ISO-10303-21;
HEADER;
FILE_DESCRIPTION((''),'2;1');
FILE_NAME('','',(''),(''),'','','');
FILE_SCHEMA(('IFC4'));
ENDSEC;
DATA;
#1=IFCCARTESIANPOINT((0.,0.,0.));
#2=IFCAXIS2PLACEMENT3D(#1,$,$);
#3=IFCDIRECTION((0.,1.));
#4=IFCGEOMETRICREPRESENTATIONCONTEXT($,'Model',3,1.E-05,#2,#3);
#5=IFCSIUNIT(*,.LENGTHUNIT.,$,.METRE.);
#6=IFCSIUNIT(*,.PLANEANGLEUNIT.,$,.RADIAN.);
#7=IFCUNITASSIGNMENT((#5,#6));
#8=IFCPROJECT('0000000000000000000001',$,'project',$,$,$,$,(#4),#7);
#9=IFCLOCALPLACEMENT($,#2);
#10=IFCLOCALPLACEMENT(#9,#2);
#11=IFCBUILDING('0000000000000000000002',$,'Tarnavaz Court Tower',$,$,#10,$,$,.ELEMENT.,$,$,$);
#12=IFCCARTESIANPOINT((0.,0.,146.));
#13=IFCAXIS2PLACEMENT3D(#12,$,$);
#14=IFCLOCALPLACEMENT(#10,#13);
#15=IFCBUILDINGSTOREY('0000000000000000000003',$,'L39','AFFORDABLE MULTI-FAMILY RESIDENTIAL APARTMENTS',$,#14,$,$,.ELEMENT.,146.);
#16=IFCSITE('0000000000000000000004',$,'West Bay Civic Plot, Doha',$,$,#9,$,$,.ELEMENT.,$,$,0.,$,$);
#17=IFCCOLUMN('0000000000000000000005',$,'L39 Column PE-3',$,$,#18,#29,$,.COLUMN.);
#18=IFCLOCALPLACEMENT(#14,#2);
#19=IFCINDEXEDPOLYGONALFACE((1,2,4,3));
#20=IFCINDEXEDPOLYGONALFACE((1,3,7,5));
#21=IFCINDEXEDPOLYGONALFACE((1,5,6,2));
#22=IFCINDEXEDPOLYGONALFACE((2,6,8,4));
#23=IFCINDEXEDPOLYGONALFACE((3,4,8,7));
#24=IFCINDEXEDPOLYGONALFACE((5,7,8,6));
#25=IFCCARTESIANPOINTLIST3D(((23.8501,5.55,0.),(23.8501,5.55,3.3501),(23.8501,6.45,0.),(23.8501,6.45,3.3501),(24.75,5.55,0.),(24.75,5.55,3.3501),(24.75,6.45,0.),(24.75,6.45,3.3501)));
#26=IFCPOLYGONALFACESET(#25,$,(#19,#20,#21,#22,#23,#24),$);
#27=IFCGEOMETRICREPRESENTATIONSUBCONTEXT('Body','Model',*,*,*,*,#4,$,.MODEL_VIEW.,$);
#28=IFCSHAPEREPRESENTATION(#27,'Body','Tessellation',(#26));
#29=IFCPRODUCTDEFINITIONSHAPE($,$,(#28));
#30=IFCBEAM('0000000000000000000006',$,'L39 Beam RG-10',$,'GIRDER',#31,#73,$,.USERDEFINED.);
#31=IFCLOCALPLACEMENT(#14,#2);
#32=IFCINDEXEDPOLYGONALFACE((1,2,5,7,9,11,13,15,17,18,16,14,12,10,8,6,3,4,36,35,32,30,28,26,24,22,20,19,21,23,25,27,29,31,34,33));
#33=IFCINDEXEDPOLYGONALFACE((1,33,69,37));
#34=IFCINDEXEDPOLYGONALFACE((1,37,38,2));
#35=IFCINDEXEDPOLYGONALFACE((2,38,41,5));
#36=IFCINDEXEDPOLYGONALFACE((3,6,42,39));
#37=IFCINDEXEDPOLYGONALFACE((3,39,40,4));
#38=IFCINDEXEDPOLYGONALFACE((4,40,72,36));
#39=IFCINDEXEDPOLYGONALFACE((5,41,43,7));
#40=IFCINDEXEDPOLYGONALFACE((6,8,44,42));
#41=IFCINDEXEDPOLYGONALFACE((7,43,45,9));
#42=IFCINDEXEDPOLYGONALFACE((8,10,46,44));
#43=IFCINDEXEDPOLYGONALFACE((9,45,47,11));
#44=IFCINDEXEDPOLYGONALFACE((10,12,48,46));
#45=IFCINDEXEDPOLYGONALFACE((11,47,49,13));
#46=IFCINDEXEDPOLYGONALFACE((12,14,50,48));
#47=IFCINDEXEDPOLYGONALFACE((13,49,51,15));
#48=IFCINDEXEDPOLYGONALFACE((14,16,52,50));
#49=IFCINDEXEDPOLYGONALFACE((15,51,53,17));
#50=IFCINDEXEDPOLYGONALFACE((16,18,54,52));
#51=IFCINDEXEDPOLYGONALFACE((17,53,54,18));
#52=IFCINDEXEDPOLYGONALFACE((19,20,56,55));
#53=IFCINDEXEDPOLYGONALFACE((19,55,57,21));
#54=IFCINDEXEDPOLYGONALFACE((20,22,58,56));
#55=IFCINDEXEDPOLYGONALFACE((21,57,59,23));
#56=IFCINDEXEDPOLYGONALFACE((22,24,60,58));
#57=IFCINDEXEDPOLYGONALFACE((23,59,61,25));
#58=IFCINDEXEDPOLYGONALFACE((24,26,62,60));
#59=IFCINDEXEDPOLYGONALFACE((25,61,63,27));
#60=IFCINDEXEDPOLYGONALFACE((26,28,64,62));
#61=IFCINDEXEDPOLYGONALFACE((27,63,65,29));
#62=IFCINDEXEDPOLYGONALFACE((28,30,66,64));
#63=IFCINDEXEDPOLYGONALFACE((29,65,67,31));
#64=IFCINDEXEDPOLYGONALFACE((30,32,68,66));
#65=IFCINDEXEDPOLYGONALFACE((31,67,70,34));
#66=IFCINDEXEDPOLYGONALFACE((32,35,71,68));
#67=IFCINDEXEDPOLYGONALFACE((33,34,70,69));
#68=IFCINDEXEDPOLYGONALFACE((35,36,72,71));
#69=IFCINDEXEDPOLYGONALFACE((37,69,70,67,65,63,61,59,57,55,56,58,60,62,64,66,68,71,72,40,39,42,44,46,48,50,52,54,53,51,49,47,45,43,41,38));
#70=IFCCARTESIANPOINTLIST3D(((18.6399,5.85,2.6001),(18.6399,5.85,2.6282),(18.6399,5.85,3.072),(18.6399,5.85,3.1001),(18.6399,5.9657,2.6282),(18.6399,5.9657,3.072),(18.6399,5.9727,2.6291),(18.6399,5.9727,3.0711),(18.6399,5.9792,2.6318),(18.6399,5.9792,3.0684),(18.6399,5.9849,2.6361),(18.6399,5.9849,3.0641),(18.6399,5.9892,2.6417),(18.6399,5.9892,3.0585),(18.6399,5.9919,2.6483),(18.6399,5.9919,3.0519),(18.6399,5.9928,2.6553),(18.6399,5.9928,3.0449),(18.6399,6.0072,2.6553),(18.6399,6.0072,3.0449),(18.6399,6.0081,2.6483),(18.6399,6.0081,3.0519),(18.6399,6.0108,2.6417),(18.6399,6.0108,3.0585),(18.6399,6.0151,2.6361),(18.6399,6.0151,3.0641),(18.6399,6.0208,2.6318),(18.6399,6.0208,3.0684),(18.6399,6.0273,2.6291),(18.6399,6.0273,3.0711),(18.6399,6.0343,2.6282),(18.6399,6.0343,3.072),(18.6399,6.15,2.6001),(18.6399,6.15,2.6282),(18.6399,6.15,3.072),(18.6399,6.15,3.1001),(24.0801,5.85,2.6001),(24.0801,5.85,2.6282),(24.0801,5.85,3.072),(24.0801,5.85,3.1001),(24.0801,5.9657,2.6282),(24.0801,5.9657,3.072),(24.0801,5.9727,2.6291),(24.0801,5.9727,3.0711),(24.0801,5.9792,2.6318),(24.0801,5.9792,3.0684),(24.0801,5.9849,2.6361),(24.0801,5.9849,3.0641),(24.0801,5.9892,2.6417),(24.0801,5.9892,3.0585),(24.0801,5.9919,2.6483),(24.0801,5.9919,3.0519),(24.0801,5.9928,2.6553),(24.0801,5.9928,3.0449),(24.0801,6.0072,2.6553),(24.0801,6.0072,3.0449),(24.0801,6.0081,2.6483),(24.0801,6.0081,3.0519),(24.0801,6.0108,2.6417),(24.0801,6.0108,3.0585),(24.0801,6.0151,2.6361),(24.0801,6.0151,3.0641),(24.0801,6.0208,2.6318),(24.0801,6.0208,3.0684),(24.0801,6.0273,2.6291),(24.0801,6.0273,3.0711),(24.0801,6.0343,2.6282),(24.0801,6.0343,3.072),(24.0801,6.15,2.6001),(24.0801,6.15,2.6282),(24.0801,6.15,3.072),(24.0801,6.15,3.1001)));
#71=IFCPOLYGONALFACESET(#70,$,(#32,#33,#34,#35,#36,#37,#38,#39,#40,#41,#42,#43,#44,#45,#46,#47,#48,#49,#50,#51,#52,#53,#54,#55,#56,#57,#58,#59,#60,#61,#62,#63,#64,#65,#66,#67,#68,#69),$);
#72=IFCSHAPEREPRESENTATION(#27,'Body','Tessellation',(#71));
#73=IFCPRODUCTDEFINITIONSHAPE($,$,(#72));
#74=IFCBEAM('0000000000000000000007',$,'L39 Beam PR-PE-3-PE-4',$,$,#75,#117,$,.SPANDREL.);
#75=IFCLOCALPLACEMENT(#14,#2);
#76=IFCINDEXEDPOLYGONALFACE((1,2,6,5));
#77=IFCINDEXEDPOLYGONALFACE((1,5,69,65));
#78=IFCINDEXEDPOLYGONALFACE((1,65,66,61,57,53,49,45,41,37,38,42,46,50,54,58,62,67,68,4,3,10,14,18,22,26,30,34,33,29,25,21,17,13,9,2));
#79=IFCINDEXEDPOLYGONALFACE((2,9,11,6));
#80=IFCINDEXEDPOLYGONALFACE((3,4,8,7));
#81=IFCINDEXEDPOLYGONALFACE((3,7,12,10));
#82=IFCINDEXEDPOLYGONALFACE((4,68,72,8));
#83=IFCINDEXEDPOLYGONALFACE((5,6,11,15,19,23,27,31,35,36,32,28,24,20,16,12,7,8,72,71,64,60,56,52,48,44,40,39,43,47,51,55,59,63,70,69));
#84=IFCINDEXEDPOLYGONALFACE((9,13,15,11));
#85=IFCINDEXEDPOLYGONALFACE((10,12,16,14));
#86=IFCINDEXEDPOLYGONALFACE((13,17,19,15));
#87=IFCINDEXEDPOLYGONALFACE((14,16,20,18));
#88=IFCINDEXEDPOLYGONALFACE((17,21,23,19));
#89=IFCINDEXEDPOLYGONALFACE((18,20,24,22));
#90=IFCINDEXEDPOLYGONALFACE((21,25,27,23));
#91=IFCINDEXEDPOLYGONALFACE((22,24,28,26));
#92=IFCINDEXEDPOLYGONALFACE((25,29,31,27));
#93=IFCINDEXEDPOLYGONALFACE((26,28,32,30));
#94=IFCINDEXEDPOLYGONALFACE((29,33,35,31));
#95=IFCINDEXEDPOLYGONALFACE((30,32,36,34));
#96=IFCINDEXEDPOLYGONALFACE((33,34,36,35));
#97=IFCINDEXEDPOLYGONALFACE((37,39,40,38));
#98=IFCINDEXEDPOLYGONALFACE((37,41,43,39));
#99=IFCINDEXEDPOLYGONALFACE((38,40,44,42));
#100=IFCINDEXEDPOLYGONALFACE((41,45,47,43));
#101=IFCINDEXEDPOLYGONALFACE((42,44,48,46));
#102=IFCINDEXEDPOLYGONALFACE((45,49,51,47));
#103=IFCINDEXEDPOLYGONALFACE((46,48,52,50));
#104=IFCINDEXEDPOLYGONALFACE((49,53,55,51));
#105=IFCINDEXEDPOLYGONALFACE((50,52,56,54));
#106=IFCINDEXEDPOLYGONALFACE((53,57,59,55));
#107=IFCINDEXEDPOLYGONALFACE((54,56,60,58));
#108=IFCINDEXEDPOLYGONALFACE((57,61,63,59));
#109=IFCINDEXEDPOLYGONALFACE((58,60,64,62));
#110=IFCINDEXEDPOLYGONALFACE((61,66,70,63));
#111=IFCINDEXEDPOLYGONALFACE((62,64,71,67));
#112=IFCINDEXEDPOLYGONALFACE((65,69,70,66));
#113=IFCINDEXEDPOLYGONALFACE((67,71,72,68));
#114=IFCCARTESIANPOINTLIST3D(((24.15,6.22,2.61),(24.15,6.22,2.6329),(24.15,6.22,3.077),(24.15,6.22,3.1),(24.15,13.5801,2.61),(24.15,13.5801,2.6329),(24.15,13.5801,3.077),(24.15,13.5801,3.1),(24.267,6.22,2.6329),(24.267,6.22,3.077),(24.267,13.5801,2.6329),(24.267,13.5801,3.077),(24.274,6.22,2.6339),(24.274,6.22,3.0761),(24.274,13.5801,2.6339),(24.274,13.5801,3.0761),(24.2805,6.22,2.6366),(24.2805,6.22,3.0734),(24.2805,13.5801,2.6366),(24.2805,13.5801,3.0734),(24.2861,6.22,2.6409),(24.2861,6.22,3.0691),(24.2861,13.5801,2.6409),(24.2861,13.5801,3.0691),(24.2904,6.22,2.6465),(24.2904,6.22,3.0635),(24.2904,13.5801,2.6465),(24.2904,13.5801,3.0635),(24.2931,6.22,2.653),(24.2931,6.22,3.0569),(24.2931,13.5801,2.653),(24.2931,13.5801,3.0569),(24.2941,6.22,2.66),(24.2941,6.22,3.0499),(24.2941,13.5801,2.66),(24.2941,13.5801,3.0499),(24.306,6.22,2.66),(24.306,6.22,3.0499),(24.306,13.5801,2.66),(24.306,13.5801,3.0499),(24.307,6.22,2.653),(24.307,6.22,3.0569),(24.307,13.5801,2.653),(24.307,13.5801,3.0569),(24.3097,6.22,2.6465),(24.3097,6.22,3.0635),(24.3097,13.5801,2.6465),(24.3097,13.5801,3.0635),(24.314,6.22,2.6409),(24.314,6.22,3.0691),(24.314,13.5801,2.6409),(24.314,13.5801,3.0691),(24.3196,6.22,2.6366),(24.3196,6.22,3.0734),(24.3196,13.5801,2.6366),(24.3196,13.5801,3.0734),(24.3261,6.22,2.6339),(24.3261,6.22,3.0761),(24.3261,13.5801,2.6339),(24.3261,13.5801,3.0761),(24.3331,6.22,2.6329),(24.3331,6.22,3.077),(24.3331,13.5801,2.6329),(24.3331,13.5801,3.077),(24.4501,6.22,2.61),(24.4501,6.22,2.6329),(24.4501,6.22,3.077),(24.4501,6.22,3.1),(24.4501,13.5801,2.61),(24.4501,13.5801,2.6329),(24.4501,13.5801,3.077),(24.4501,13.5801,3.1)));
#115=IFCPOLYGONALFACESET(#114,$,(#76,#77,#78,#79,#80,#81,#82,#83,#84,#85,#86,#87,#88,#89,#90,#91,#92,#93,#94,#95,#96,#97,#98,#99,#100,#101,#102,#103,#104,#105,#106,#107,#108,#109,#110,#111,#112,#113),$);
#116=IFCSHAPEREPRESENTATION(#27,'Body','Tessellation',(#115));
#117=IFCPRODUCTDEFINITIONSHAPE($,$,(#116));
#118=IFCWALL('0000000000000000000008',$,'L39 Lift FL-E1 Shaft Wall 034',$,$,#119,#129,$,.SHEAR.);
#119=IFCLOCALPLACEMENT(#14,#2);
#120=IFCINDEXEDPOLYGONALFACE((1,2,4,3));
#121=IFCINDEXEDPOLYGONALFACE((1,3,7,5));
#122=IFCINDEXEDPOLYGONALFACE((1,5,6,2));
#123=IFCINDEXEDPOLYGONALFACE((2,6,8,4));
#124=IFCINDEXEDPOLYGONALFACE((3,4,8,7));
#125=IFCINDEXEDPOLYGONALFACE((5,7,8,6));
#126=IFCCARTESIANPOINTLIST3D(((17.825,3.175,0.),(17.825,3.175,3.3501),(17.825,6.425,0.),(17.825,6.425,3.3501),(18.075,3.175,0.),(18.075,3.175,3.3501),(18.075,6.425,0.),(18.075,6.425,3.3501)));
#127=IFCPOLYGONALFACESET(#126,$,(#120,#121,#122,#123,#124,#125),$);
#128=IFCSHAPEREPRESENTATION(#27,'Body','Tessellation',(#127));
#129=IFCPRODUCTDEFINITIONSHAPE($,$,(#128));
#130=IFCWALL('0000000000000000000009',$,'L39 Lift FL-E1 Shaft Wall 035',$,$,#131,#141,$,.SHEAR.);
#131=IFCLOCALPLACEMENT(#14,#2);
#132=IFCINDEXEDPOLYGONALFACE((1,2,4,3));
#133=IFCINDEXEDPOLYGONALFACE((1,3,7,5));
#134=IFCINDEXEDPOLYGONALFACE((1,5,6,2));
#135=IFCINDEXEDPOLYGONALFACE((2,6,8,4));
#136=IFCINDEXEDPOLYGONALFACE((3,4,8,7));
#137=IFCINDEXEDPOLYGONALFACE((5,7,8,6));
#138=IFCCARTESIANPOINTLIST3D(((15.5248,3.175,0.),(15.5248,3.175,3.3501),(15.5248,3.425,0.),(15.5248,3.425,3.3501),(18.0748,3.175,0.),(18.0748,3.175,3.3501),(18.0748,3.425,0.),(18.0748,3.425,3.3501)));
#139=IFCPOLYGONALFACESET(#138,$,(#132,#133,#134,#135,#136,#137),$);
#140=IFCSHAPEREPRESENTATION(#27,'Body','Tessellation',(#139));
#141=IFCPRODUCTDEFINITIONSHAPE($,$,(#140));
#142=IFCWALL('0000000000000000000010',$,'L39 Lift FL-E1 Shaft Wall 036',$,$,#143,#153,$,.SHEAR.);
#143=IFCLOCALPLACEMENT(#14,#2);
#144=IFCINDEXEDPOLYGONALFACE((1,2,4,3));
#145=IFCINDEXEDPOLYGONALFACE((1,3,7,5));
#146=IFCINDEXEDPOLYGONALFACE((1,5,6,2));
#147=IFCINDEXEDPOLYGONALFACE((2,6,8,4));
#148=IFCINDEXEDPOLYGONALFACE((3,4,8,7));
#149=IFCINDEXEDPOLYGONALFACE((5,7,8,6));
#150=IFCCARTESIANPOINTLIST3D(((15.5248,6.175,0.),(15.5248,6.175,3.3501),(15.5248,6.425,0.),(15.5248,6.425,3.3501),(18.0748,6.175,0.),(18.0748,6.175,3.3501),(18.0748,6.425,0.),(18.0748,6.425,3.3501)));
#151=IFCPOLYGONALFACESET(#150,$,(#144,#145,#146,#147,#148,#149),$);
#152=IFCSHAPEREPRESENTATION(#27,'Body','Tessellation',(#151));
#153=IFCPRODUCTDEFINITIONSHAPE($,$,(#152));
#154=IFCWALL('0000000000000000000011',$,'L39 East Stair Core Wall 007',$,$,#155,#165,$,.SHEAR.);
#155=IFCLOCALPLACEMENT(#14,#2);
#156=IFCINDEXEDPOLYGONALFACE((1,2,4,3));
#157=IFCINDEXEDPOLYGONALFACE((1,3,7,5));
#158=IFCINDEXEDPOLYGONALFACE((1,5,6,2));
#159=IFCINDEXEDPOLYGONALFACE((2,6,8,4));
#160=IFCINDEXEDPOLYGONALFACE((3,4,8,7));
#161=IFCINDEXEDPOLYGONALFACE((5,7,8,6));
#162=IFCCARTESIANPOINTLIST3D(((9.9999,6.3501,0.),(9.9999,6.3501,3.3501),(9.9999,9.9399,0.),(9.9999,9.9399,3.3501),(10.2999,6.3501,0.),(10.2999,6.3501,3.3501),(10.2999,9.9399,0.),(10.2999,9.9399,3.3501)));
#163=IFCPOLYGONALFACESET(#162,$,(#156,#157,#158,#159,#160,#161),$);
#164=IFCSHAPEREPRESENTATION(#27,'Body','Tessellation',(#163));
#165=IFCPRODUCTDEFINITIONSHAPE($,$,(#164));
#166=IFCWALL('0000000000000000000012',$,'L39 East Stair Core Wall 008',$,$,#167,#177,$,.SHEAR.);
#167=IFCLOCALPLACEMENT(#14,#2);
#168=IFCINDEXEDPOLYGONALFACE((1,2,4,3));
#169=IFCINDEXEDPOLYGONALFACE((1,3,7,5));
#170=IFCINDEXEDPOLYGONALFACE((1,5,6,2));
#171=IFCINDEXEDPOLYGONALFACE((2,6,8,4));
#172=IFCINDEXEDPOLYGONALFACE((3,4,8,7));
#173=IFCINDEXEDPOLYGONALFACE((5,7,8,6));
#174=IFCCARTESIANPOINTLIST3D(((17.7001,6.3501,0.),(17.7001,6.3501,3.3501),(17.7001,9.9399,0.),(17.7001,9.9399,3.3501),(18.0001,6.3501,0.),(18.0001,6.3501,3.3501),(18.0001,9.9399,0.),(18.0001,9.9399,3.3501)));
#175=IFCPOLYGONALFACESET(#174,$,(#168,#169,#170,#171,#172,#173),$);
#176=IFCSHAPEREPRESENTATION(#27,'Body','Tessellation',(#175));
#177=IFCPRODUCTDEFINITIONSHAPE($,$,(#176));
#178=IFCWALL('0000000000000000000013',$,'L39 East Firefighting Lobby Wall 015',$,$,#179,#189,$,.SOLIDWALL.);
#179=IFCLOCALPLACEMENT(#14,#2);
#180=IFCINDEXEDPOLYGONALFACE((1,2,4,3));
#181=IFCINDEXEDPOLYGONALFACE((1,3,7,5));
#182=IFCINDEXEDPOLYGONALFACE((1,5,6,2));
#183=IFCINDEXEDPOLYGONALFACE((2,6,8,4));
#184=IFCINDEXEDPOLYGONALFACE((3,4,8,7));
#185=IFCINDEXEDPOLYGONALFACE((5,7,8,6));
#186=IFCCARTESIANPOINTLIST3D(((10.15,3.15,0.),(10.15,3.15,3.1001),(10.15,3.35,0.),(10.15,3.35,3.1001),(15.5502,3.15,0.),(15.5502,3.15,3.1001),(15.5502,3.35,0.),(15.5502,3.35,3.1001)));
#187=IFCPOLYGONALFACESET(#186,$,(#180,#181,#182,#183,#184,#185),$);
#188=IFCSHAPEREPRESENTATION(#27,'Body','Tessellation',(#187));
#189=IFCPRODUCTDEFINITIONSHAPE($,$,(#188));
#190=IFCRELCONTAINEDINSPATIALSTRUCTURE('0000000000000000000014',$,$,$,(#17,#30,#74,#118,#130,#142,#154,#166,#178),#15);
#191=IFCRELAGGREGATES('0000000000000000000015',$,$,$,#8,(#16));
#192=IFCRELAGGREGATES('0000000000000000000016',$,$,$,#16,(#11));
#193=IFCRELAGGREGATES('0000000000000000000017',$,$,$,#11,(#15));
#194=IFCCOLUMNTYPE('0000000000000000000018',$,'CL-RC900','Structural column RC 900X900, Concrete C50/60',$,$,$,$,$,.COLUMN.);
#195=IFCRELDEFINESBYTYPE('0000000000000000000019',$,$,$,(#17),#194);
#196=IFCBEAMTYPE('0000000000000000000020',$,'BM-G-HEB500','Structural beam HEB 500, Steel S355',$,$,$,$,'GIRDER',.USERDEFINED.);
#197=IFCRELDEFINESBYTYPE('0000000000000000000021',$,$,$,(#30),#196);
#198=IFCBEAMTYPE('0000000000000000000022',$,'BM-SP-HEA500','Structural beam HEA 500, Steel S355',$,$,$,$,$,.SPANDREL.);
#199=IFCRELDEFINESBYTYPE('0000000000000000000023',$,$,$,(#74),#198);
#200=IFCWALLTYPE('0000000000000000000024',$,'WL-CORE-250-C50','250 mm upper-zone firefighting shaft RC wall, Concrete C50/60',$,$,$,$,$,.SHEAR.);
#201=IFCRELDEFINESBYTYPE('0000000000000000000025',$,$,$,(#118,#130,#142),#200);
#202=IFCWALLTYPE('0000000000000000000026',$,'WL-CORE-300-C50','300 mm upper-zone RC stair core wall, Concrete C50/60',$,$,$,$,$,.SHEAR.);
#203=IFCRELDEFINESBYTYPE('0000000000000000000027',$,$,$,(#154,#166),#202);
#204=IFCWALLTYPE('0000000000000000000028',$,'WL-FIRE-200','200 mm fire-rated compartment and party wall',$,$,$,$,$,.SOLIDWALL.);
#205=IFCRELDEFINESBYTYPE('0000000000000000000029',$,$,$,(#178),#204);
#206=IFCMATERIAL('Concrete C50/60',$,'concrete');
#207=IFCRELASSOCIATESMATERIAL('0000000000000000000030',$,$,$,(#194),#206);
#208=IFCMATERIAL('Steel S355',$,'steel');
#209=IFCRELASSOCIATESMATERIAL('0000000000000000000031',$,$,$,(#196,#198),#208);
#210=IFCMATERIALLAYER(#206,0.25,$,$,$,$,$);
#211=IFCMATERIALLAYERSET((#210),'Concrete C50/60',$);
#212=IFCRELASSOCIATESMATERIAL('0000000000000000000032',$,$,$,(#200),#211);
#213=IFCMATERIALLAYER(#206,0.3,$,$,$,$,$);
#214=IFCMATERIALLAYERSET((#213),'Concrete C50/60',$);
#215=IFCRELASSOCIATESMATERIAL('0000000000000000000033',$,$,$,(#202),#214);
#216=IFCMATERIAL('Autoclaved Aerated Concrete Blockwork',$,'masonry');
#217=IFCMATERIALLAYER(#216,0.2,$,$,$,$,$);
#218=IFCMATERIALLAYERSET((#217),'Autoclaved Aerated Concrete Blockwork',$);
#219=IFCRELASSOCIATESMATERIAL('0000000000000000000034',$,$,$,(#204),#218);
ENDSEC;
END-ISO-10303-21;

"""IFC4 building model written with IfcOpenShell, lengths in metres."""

from ifc_helpers import new_model, si_unit, direction, frame, frame_2d, origin, origin_2d, place, context, subcontext, project, spatial, rectangle, i_section, extrude, material, layer, layer_set, material_profile, profile_set, type_object, element, save


model = new_model("IFC4")

# Units and contexts
model_context = context("Model", 3, precision=1e-05, world=origin(), true_north=direction((0.0, 1.0)))
body_context = subcontext(model_context, "Body", "Model", "MODEL_VIEW")
ifc_project = project(units=[si_unit("LENGTHUNIT", "METRE"), si_unit("PLANEANGLEUNIT", "RADIAN")], contexts=[model_context])

# Site, building, storey
site_placement = place(None, origin())
site = spatial("IfcSite", under=ifc_project, at=site_placement, Name="West Bay Civic Plot, Doha", CompositionType="ELEMENT", RefElevation=0.0)
building_placement = place(site_placement, origin())
building = spatial("IfcBuilding", under=site, at=building_placement, Name="Tarnavaz Court Tower", CompositionType="ELEMENT")
storey_placement = place(building_placement, frame((0.0, 0.0, 146.0)))
storey = spatial("IfcBuildingStorey", under=building, at=storey_placement, Name="L39", Description="AFFORDABLE MULTI-FAMILY RESIDENTIAL APARTMENTS", CompositionType="ELEMENT", Elevation=146.0)

# Column
ifc_material_1 = material(Name="Concrete C50/60", Category="concrete")
ifc_material_profile_1 = material_profile(ifc_material_1, rectangle(XDim=0.8999, YDim=0.8999, at=origin_2d()), Name="RC 900X900")
ifc_profile_set_1 = profile_set([ifc_material_profile_1], Name="Concrete C50/60")
column_type = type_object("IfcColumnType", Name="CL-RC900", Description="Structural column RC 900X900, Concrete C50/60", PredefinedType="COLUMN", material=ifc_profile_set_1)
column_placement = place(storey_placement, frame((24.3, 6.0, 0.0), z_axis=(0.0, 0.0, 1.0), x_axis=(1.0, 0.0, 0.0)))
element("IfcColumn", 1, at=column_placement, inside=storey, type_object=column_type, Name="L39 Column PE-3", PredefinedType="COLUMN", context=body_context, shape_type="SweptSolid", body=[
    extrude(rectangle(XDim=0.8999, YDim=0.8999, at=origin_2d()), origin(), (0.0, 0.0, 1.0), 3.3501),
])

# Beams
ifc_material_2 = material(Name="Steel S355", Category="steel")
ifc_material_profile_2 = material_profile(ifc_material_2, i_section(OverallWidth=0.3, OverallDepth=0.5, WebThickness=0.0144, FlangeThickness=0.0281, FilletRadius=0.0271, at=origin_2d()), Name="HEB 500")
ifc_profile_set_2 = profile_set([ifc_material_profile_2], Name="Steel S355")
beam_type_1 = type_object("IfcBeamType", Name="BM-G-HEB500", Description="Structural beam HEB 500, Steel S355", ElementType="GIRDER", PredefinedType="USERDEFINED", material=ifc_profile_set_2)
beam_1_placement = place(storey_placement, frame((18.6399, 6.0, 2.8501), z_axis=(1.0, 0.0, 0.0), x_axis=(0.0, 1.0, 0.0)))
element("IfcBeam", 2, at=beam_1_placement, inside=storey, type_object=beam_type_1, Name="L39 Beam RG-10", ObjectType="GIRDER", PredefinedType="USERDEFINED", context=body_context, shape_type="SweptSolid", body=[
    extrude(i_section(OverallWidth=0.3, OverallDepth=0.5, WebThickness=0.0144, FlangeThickness=0.0281, FilletRadius=0.0271, at=origin_2d()), origin(), (0.0, 0.0, 1.0), 5.4402),
])
ifc_material_profile_3 = material_profile(ifc_material_2, i_section(OverallWidth=0.3, OverallDepth=0.49, WebThickness=0.012, FlangeThickness=0.0229, FilletRadius=0.0271, at=origin_2d()), Name="HEA 500")
ifc_profile_set_3 = profile_set([ifc_material_profile_3], Name="Steel S355")
beam_type_2 = type_object("IfcBeamType", Name="BM-SP-HEA500", Description="Structural beam HEA 500, Steel S355", PredefinedType="SPANDREL", material=ifc_profile_set_3)
beam_2_placement = place(storey_placement, frame((24.3, 6.22, 2.855), z_axis=(0.0, 1.0, 0.0), x_axis=(-1.0, 0.0, 0.0)))
element("IfcBeam", 3, at=beam_2_placement, inside=storey, type_object=beam_type_2, Name="L39 Beam PR-PE-3-PE-4", PredefinedType="SPANDREL", context=body_context, shape_type="SweptSolid", body=[
    extrude(i_section(OverallWidth=0.3, OverallDepth=0.49, WebThickness=0.012, FlangeThickness=0.0229, FilletRadius=0.0271, at=origin_2d()), origin(), (0.0, 0.0, 1.0), 7.3601),
])

# Shared definitions
ifc_layer_1 = layer(ifc_material_1, 0.25)
ifc_layer_set_1 = layer_set([ifc_layer_1], Name="Concrete C50/60")
wall_type_1 = type_object("IfcWallType", Name="WL-CORE-250-C50", Description="250 mm upper-zone firefighting shaft RC wall, Concrete C50/60", PredefinedType="SHEAR", material=ifc_layer_set_1)

# Walls
wall_1_placement = place(storey_placement, frame((17.95, 3.175, 0.0), z_axis=(0.0, 0.0, 1.0), x_axis=(0.0, 1.0, 0.0)))
element("IfcWall", 4, at=wall_1_placement, inside=storey, type_object=wall_type_1, Name="L39 Lift FL-E1 Shaft Wall 034", PredefinedType="SHEAR", context=body_context, shape_type="SweptSolid", body=[
    extrude(rectangle(XDim=3.25, YDim=0.25, at=frame_2d((1.625, 0.0))), origin(), (0.0, 0.0, 1.0), 3.3501),
])
for number, where, z_axis, x_axis, name in (
    (5, (15.5249, 3.3, 0.0), (0.0, 0.0, 1.0), (1.0, 0.0, 0.0), "L39 Lift FL-E1 Shaft Wall 035"),
    (6, (15.5249, 6.3, 0.0), (0.0, 0.0, 1.0), (1.0, 0.0, 0.0), "L39 Lift FL-E1 Shaft Wall 036"),
):
    element("IfcWall", number, at=place(storey_placement, frame(where, z_axis=z_axis, x_axis=x_axis)), inside=storey, type_object=wall_type_1, Name=name, PredefinedType="SHEAR", context=body_context, shape_type="SweptSolid", body=[
        extrude(rectangle(XDim=2.55, YDim=0.25, at=frame_2d((1.2749, 0.0))), origin(), (0.0, 0.0, 1.0), 3.3501),
    ])
ifc_layer_2 = layer(ifc_material_1, 0.3)
ifc_layer_set_2 = layer_set([ifc_layer_2], Name="Concrete C50/60")
wall_type_2 = type_object("IfcWallType", Name="WL-CORE-300-C50", Description="300 mm upper-zone RC stair core wall, Concrete C50/60", PredefinedType="SHEAR", material=ifc_layer_set_2)
for number, where, z_axis, x_axis, name in (
    (7, (10.1499, 6.3501, 0.0), (0.0, 0.0, 1.0), (0.0, 1.0, 0.0), "L39 East Stair Core Wall 007"),
    (8, (17.8501, 6.3501, 0.0), (0.0, 0.0, 1.0), (0.0, 1.0, 0.0), "L39 East Stair Core Wall 008"),
):
    element("IfcWall", number, at=place(storey_placement, frame(where, z_axis=z_axis, x_axis=x_axis)), inside=storey, type_object=wall_type_2, Name=name, PredefinedType="SHEAR", context=body_context, shape_type="SweptSolid", body=[
        extrude(rectangle(XDim=3.5898, YDim=0.3, at=frame_2d((1.7949, 0.0))), origin(), (0.0, 0.0, 1.0), 3.3501),
    ])
ifc_material_3 = material(Name="Autoclaved Aerated Concrete Blockwork", Category="masonry")
ifc_layer_3 = layer(ifc_material_3, 0.2)
ifc_layer_set_3 = layer_set([ifc_layer_3], Name="Autoclaved Aerated Concrete Blockwork")
wall_type_3 = type_object("IfcWallType", Name="WL-FIRE-200", Description="200 mm fire-rated compartment and party wall", PredefinedType="SOLIDWALL", material=ifc_layer_set_3)
wall_2_placement = place(storey_placement, frame((10.1499, 3.25, 0.0), z_axis=(0.0, 0.0, 1.0), x_axis=(1.0, 0.0, 0.0)))
element("IfcWall", 9, at=wall_2_placement, inside=storey, type_object=wall_type_3, Name="L39 East Firefighting Lobby Wall 015", PredefinedType="SOLIDWALL", context=body_context, shape_type="SweptSolid", body=[
    extrude(rectangle(XDim=5.4001, YDim=0.2, at=frame_2d((2.7002, 0.0))), origin(), (0.0, 0.0, 1.0), 3.1001),
])

save(model, "model.ifc")
